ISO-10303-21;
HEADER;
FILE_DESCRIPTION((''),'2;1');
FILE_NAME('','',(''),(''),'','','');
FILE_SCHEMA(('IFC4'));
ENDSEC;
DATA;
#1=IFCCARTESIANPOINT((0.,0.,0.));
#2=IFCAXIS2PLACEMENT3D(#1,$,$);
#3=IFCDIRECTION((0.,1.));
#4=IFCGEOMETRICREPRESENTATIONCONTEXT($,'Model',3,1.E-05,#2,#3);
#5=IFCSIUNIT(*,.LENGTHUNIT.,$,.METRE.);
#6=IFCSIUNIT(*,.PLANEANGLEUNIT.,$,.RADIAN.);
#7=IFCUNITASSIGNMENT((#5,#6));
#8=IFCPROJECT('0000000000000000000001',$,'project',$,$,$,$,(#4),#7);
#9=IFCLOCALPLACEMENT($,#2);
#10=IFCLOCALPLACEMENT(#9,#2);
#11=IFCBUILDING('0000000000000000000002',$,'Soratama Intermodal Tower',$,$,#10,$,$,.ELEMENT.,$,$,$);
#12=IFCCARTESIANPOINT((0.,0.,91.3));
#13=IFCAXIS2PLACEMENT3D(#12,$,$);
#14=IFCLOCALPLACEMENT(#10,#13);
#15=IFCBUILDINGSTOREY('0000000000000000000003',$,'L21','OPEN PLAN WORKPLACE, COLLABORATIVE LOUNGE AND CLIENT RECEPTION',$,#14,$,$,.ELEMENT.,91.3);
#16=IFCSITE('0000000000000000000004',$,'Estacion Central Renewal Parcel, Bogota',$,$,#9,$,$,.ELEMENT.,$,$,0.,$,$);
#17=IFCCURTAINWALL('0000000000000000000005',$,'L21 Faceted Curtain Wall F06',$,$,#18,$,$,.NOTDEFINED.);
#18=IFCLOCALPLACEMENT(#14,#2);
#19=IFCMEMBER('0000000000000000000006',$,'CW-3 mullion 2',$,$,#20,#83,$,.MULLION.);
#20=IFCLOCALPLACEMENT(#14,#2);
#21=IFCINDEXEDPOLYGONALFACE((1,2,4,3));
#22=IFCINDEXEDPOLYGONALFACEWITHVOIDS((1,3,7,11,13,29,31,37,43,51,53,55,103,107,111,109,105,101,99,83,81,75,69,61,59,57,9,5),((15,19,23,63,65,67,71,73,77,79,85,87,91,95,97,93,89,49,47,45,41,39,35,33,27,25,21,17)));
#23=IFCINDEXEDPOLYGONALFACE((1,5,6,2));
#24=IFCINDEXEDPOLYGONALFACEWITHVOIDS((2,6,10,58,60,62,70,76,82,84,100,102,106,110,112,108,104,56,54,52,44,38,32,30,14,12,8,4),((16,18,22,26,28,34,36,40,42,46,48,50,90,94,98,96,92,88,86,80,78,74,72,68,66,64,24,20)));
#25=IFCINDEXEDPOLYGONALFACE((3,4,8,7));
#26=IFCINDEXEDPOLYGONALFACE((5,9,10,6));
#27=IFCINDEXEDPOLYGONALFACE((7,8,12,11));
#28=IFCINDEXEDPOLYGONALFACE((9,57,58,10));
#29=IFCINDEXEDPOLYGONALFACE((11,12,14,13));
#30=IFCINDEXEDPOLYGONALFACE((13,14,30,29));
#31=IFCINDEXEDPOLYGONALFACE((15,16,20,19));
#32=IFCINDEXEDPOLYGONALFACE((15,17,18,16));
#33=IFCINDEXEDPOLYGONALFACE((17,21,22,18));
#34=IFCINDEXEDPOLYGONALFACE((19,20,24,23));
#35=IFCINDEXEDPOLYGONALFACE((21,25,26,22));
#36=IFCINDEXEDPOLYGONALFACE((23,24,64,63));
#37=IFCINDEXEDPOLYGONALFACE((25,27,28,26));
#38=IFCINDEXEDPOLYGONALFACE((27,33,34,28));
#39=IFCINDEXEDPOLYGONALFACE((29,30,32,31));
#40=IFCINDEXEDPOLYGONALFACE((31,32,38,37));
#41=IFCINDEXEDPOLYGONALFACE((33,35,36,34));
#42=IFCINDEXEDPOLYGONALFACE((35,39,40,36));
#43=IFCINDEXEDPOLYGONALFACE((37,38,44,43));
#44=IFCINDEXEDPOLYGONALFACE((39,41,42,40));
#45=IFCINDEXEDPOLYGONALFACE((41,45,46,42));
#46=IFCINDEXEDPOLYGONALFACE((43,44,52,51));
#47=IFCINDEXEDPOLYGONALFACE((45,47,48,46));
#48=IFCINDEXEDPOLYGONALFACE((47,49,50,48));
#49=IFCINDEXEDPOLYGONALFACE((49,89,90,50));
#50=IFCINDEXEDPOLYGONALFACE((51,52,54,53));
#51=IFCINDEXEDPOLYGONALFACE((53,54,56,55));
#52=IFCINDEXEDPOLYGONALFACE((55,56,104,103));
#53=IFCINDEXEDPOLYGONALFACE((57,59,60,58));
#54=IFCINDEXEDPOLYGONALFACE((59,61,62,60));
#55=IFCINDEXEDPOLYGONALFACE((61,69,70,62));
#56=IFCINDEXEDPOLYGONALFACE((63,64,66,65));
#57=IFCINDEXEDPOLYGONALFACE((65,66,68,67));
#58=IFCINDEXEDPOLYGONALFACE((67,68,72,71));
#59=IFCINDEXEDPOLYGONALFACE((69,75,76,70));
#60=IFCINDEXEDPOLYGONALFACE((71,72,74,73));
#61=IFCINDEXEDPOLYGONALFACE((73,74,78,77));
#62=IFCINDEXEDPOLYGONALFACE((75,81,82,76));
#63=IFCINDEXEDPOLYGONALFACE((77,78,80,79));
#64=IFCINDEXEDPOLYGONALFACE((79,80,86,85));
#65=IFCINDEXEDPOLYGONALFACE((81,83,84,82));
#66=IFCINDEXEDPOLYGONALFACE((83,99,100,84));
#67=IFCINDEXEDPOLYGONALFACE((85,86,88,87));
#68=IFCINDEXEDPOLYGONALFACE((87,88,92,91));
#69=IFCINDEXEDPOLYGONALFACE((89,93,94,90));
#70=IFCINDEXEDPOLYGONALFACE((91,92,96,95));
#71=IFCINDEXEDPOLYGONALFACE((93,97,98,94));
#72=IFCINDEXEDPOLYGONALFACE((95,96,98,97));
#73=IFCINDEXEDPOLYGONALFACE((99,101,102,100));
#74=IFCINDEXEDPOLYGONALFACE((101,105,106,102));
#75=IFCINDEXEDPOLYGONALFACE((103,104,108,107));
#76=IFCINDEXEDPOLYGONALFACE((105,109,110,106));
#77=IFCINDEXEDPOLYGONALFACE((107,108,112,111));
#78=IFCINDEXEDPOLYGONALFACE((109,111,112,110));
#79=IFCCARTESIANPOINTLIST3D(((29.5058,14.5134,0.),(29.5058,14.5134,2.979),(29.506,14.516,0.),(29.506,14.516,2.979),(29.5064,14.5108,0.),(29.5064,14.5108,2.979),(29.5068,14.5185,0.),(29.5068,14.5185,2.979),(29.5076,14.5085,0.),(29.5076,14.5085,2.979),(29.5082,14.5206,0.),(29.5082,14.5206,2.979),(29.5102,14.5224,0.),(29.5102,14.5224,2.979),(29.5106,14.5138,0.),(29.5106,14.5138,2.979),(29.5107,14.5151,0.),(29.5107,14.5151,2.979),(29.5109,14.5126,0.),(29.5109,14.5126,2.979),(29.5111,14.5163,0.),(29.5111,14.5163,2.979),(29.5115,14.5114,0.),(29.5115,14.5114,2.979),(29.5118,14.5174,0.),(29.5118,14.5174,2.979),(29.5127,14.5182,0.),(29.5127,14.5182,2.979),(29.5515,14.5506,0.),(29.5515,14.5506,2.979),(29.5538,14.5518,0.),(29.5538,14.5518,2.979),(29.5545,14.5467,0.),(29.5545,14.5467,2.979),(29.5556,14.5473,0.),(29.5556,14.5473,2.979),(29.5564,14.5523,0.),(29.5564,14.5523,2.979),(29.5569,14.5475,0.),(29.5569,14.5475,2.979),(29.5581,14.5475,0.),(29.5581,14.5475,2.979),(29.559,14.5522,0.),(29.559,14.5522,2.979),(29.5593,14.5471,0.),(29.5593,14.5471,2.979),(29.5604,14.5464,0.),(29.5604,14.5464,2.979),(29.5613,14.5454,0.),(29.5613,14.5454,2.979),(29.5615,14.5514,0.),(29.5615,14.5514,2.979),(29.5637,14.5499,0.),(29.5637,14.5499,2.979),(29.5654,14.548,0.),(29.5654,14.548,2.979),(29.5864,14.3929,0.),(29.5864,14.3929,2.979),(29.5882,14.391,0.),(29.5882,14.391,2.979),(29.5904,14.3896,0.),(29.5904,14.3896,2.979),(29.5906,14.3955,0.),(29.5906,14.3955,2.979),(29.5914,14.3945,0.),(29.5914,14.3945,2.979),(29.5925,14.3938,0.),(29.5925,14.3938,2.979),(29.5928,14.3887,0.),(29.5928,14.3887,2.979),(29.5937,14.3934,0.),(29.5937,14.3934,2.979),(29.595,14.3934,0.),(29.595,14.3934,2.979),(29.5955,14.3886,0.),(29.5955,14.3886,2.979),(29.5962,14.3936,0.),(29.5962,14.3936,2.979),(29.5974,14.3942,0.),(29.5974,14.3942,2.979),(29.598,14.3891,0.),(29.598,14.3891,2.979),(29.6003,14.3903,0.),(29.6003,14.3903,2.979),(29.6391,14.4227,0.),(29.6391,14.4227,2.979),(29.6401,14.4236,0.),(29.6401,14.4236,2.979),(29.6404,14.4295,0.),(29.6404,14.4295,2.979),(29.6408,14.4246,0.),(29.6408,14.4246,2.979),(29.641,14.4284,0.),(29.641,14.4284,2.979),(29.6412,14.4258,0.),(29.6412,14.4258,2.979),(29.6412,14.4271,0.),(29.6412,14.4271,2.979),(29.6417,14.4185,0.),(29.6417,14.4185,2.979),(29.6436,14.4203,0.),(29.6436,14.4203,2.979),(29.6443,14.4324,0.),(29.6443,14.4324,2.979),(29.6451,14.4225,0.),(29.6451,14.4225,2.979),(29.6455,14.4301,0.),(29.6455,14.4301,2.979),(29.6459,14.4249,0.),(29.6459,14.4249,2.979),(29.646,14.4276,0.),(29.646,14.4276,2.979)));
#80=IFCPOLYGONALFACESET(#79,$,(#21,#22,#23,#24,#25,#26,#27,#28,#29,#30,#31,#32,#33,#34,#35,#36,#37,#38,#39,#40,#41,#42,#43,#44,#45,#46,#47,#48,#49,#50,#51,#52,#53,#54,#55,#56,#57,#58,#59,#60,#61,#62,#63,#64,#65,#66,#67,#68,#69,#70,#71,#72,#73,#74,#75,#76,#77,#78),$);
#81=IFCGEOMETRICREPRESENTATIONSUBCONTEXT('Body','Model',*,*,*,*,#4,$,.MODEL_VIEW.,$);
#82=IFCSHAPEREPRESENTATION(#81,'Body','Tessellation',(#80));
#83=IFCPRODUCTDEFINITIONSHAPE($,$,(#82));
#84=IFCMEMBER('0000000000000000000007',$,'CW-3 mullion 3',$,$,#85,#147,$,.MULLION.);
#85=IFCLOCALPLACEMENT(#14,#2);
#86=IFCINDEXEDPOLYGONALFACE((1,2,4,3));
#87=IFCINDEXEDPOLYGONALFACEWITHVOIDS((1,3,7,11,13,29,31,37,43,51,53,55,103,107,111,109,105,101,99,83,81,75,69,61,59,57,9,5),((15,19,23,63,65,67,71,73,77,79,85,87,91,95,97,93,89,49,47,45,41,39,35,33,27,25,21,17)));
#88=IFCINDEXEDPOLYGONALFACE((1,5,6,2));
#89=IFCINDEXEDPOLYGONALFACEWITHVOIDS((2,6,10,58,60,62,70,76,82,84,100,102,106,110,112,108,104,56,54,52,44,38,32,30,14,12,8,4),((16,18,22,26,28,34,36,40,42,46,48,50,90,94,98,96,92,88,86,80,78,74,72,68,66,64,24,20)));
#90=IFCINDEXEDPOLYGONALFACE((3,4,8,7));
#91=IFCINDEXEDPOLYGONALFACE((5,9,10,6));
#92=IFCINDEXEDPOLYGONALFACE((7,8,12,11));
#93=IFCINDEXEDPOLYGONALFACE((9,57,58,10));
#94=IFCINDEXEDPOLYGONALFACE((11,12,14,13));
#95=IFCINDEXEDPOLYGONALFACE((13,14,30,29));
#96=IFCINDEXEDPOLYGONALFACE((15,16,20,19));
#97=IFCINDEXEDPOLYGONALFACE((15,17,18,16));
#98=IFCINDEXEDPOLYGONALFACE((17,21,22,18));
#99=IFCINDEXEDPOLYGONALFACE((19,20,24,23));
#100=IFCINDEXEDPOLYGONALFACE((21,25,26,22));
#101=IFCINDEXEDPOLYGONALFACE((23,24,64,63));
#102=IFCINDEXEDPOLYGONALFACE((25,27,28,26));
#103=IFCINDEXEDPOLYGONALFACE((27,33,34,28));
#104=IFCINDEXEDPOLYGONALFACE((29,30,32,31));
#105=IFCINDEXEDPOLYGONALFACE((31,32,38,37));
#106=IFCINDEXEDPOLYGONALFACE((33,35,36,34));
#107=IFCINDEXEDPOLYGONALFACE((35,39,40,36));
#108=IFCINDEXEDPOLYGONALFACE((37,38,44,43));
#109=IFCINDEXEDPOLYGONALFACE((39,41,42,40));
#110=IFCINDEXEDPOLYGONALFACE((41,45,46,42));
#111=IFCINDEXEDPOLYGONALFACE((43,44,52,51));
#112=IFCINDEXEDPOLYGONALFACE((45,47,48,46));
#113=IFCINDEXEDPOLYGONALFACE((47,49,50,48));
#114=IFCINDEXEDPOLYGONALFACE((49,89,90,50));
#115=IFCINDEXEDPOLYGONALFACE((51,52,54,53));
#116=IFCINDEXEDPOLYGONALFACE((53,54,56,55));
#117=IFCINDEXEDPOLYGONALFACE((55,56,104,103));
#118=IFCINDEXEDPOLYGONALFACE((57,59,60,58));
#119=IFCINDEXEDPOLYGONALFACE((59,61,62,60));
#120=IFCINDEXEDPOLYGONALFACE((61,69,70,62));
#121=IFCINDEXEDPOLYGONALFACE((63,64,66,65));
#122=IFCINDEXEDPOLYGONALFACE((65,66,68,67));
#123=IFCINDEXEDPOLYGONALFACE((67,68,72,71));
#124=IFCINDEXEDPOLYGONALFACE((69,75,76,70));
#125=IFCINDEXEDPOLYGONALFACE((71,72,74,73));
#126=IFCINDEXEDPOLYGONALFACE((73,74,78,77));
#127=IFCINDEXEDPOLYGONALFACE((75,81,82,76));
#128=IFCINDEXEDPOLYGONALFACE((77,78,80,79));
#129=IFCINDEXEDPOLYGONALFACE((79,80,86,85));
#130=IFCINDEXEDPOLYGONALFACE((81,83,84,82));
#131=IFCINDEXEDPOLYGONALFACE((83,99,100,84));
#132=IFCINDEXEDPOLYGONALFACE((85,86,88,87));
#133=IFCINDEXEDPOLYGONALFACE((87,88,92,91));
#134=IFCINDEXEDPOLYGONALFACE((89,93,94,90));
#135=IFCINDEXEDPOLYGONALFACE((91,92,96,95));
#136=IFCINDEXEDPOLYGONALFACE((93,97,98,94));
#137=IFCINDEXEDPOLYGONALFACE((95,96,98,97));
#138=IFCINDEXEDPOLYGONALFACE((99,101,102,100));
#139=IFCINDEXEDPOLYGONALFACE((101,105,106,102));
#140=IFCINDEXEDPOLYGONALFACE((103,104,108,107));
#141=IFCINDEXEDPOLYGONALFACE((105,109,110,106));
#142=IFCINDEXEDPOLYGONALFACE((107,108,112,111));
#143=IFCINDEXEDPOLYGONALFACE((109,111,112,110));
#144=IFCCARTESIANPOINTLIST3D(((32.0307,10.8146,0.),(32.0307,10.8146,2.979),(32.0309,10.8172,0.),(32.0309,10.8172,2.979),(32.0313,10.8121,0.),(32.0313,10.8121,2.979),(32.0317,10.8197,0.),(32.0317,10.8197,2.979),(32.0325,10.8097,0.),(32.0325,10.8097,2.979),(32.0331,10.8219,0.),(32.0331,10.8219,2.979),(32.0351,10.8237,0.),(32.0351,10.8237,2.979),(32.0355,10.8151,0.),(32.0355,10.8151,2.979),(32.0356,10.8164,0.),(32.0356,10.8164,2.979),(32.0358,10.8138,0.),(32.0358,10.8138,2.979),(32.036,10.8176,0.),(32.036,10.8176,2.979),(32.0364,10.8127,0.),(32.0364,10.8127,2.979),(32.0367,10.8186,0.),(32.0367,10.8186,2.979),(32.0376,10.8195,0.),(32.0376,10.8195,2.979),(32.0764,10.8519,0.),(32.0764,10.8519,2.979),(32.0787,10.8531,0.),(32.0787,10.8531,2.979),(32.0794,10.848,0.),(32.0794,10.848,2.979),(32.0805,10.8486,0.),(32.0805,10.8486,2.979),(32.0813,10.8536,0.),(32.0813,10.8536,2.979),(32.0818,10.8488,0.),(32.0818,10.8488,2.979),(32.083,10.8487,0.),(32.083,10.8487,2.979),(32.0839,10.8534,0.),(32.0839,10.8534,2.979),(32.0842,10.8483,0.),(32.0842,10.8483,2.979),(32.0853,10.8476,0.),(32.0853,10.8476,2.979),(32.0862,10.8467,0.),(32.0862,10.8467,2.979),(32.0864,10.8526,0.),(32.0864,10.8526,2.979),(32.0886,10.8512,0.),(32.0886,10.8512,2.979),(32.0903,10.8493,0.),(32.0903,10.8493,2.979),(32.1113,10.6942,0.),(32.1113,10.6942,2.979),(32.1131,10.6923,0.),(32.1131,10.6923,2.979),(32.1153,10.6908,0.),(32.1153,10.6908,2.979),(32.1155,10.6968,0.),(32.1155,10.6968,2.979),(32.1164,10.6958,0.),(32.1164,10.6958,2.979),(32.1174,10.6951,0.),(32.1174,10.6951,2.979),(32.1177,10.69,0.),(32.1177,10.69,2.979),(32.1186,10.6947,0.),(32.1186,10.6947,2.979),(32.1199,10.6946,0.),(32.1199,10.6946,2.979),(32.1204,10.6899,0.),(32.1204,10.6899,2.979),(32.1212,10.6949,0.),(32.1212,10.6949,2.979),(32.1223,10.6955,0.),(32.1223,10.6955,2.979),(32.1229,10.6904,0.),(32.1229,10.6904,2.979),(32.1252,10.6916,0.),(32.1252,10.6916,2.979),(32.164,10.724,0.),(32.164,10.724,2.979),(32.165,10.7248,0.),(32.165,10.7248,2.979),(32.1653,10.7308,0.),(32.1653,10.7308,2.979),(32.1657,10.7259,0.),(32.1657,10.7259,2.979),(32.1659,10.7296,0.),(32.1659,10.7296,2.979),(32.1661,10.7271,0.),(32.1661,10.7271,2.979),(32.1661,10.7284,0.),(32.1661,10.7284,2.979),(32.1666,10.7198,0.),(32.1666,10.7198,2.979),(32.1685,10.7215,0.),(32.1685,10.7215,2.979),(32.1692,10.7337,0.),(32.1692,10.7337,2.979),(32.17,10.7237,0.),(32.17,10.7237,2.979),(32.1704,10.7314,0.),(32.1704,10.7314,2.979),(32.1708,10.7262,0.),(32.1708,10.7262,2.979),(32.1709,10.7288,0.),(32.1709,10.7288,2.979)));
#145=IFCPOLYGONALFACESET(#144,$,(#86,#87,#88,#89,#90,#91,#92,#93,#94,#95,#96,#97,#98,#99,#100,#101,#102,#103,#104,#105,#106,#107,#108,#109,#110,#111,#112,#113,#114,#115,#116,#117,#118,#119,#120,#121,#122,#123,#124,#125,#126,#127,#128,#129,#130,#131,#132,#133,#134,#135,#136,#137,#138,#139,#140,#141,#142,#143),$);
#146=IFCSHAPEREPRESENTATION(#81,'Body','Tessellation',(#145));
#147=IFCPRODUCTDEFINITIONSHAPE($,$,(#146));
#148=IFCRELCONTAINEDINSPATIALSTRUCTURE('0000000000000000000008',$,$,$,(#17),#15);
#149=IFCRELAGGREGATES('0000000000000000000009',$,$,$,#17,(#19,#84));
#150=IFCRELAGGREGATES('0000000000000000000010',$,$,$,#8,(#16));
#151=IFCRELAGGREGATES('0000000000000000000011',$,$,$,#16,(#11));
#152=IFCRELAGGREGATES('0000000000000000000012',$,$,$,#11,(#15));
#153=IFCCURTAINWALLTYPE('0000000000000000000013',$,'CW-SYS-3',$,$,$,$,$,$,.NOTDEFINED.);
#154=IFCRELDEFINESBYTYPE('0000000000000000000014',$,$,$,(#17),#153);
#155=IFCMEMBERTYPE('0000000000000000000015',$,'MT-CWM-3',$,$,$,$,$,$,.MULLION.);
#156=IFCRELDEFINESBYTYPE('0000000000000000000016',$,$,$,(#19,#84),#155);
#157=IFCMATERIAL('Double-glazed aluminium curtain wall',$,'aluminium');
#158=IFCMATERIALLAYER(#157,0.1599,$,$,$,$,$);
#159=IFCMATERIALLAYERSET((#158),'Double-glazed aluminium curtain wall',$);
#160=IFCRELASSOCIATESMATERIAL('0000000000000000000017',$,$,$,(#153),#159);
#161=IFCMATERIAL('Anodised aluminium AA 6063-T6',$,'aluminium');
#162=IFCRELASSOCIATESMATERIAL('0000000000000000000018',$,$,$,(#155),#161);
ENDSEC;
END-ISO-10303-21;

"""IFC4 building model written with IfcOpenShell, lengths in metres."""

from ifc_helpers import new_model, si_unit, direction, frame, origin, origin_2d, place, context, subcontext, project, spatial, hollow_rectangle, extrude, material, layer, layer_set, material_profile, profile_set, type_object, element, aggregate, save


model = new_model("IFC4")

# Units and contexts
model_context = context("Model", 3, precision=1e-05, world=origin(), true_north=direction((0.0, 1.0)))
body_context = subcontext(model_context, "Body", "Model", "MODEL_VIEW")
ifc_project = project(units=[si_unit("LENGTHUNIT", "METRE"), si_unit("PLANEANGLEUNIT", "RADIAN")], contexts=[model_context])

# Site, building, storey
site_placement = place(None, origin())
site = spatial("IfcSite", under=ifc_project, at=site_placement, Name="Estacion Central Renewal Parcel, Bogota", CompositionType="ELEMENT", RefElevation=0.0)
building_placement = place(site_placement, origin())
building = spatial("IfcBuilding", under=site, at=building_placement, Name="Soratama Intermodal Tower", CompositionType="ELEMENT")
storey_placement = place(building_placement, frame((0.0, 0.0, 91.3)))
storey = spatial("IfcBuildingStorey", under=building, at=storey_placement, Name="L21", Description="OPEN PLAN WORKPLACE, COLLABORATIVE LOUNGE AND CLIENT RECEPTION", CompositionType="ELEMENT", Elevation=91.3)

# Curtain wall, members
ifc_material_1 = material(Name="Double-glazed aluminium curtain wall", Category="aluminium")
ifc_layer_1 = layer(ifc_material_1, 0.1599)
ifc_layer_set_1 = layer_set([ifc_layer_1], Name="Double-glazed aluminium curtain wall")
curtain_wall_type = type_object("IfcCurtainWallType", Name="CW-SYS-3", PredefinedType="NOTDEFINED", material=ifc_layer_set_1)
curtain_wall_placement = place(storey_placement, origin())
curtain_wall = element("IfcCurtainWall", 1, at=curtain_wall_placement, inside=storey, type_object=curtain_wall_type, Name="L21 Faceted Curtain Wall F06", PredefinedType="NOTDEFINED")
ifc_material_2 = material(Name="Anodised aluminium AA 6063-T6", Category="aluminium")
ifc_material_profile_1 = material_profile(ifc_material_2, hollow_rectangle(XDim=0.0701, YDim=0.1599, WallThickness=0.0049, InnerFilletRadius=0.0049, OuterFilletRadius=0.01, at=origin_2d()), Name="CWM160X70X5")
ifc_profile_set_1 = profile_set([ifc_material_profile_1], Name="Anodised aluminium AA 6063-T6")
member_type_1 = type_object("IfcMemberType", Name="MT-CWM-3", PredefinedType="MULLION", material=ifc_profile_set_1)
member_1_placement = place(storey_placement, frame((29.5759, 14.4705, 0.0), z_axis=(0.0, 0.0, 1.0), x_axis=(0.825902, 0.563814, 0.0)))
member_1 = element("IfcMember", 2, at=member_1_placement, type_object=member_type_1, Name="CW-3 mullion 2", PredefinedType="MULLION", context=body_context, shape_type="SweptSolid", body=[
    extrude(hollow_rectangle(XDim=0.0701, YDim=0.1599, WallThickness=0.0049, InnerFilletRadius=0.0049, OuterFilletRadius=0.01, at=origin_2d()), origin(), (0.0, 0.0, 1.0), 2.979),
])
member_2_placement = place(storey_placement, frame((32.1008, 10.7717, 0.0), z_axis=(0.0, 0.0, 1.0), x_axis=(0.825902, 0.563814, 0.0)))
member_2 = element("IfcMember", 3, at=member_2_placement, type_object=member_type_1, Name="CW-3 mullion 3", PredefinedType="MULLION", context=body_context, shape_type="SweptSolid", body=[
    extrude(hollow_rectangle(XDim=0.0701, YDim=0.1599, WallThickness=0.0049, InnerFilletRadius=0.0049, OuterFilletRadius=0.01, at=origin_2d()), origin(), (0.0, 0.0, 1.0), 2.979),
])
aggregate(curtain_wall, [member_1, member_2])

save(model, "model.ifc")
